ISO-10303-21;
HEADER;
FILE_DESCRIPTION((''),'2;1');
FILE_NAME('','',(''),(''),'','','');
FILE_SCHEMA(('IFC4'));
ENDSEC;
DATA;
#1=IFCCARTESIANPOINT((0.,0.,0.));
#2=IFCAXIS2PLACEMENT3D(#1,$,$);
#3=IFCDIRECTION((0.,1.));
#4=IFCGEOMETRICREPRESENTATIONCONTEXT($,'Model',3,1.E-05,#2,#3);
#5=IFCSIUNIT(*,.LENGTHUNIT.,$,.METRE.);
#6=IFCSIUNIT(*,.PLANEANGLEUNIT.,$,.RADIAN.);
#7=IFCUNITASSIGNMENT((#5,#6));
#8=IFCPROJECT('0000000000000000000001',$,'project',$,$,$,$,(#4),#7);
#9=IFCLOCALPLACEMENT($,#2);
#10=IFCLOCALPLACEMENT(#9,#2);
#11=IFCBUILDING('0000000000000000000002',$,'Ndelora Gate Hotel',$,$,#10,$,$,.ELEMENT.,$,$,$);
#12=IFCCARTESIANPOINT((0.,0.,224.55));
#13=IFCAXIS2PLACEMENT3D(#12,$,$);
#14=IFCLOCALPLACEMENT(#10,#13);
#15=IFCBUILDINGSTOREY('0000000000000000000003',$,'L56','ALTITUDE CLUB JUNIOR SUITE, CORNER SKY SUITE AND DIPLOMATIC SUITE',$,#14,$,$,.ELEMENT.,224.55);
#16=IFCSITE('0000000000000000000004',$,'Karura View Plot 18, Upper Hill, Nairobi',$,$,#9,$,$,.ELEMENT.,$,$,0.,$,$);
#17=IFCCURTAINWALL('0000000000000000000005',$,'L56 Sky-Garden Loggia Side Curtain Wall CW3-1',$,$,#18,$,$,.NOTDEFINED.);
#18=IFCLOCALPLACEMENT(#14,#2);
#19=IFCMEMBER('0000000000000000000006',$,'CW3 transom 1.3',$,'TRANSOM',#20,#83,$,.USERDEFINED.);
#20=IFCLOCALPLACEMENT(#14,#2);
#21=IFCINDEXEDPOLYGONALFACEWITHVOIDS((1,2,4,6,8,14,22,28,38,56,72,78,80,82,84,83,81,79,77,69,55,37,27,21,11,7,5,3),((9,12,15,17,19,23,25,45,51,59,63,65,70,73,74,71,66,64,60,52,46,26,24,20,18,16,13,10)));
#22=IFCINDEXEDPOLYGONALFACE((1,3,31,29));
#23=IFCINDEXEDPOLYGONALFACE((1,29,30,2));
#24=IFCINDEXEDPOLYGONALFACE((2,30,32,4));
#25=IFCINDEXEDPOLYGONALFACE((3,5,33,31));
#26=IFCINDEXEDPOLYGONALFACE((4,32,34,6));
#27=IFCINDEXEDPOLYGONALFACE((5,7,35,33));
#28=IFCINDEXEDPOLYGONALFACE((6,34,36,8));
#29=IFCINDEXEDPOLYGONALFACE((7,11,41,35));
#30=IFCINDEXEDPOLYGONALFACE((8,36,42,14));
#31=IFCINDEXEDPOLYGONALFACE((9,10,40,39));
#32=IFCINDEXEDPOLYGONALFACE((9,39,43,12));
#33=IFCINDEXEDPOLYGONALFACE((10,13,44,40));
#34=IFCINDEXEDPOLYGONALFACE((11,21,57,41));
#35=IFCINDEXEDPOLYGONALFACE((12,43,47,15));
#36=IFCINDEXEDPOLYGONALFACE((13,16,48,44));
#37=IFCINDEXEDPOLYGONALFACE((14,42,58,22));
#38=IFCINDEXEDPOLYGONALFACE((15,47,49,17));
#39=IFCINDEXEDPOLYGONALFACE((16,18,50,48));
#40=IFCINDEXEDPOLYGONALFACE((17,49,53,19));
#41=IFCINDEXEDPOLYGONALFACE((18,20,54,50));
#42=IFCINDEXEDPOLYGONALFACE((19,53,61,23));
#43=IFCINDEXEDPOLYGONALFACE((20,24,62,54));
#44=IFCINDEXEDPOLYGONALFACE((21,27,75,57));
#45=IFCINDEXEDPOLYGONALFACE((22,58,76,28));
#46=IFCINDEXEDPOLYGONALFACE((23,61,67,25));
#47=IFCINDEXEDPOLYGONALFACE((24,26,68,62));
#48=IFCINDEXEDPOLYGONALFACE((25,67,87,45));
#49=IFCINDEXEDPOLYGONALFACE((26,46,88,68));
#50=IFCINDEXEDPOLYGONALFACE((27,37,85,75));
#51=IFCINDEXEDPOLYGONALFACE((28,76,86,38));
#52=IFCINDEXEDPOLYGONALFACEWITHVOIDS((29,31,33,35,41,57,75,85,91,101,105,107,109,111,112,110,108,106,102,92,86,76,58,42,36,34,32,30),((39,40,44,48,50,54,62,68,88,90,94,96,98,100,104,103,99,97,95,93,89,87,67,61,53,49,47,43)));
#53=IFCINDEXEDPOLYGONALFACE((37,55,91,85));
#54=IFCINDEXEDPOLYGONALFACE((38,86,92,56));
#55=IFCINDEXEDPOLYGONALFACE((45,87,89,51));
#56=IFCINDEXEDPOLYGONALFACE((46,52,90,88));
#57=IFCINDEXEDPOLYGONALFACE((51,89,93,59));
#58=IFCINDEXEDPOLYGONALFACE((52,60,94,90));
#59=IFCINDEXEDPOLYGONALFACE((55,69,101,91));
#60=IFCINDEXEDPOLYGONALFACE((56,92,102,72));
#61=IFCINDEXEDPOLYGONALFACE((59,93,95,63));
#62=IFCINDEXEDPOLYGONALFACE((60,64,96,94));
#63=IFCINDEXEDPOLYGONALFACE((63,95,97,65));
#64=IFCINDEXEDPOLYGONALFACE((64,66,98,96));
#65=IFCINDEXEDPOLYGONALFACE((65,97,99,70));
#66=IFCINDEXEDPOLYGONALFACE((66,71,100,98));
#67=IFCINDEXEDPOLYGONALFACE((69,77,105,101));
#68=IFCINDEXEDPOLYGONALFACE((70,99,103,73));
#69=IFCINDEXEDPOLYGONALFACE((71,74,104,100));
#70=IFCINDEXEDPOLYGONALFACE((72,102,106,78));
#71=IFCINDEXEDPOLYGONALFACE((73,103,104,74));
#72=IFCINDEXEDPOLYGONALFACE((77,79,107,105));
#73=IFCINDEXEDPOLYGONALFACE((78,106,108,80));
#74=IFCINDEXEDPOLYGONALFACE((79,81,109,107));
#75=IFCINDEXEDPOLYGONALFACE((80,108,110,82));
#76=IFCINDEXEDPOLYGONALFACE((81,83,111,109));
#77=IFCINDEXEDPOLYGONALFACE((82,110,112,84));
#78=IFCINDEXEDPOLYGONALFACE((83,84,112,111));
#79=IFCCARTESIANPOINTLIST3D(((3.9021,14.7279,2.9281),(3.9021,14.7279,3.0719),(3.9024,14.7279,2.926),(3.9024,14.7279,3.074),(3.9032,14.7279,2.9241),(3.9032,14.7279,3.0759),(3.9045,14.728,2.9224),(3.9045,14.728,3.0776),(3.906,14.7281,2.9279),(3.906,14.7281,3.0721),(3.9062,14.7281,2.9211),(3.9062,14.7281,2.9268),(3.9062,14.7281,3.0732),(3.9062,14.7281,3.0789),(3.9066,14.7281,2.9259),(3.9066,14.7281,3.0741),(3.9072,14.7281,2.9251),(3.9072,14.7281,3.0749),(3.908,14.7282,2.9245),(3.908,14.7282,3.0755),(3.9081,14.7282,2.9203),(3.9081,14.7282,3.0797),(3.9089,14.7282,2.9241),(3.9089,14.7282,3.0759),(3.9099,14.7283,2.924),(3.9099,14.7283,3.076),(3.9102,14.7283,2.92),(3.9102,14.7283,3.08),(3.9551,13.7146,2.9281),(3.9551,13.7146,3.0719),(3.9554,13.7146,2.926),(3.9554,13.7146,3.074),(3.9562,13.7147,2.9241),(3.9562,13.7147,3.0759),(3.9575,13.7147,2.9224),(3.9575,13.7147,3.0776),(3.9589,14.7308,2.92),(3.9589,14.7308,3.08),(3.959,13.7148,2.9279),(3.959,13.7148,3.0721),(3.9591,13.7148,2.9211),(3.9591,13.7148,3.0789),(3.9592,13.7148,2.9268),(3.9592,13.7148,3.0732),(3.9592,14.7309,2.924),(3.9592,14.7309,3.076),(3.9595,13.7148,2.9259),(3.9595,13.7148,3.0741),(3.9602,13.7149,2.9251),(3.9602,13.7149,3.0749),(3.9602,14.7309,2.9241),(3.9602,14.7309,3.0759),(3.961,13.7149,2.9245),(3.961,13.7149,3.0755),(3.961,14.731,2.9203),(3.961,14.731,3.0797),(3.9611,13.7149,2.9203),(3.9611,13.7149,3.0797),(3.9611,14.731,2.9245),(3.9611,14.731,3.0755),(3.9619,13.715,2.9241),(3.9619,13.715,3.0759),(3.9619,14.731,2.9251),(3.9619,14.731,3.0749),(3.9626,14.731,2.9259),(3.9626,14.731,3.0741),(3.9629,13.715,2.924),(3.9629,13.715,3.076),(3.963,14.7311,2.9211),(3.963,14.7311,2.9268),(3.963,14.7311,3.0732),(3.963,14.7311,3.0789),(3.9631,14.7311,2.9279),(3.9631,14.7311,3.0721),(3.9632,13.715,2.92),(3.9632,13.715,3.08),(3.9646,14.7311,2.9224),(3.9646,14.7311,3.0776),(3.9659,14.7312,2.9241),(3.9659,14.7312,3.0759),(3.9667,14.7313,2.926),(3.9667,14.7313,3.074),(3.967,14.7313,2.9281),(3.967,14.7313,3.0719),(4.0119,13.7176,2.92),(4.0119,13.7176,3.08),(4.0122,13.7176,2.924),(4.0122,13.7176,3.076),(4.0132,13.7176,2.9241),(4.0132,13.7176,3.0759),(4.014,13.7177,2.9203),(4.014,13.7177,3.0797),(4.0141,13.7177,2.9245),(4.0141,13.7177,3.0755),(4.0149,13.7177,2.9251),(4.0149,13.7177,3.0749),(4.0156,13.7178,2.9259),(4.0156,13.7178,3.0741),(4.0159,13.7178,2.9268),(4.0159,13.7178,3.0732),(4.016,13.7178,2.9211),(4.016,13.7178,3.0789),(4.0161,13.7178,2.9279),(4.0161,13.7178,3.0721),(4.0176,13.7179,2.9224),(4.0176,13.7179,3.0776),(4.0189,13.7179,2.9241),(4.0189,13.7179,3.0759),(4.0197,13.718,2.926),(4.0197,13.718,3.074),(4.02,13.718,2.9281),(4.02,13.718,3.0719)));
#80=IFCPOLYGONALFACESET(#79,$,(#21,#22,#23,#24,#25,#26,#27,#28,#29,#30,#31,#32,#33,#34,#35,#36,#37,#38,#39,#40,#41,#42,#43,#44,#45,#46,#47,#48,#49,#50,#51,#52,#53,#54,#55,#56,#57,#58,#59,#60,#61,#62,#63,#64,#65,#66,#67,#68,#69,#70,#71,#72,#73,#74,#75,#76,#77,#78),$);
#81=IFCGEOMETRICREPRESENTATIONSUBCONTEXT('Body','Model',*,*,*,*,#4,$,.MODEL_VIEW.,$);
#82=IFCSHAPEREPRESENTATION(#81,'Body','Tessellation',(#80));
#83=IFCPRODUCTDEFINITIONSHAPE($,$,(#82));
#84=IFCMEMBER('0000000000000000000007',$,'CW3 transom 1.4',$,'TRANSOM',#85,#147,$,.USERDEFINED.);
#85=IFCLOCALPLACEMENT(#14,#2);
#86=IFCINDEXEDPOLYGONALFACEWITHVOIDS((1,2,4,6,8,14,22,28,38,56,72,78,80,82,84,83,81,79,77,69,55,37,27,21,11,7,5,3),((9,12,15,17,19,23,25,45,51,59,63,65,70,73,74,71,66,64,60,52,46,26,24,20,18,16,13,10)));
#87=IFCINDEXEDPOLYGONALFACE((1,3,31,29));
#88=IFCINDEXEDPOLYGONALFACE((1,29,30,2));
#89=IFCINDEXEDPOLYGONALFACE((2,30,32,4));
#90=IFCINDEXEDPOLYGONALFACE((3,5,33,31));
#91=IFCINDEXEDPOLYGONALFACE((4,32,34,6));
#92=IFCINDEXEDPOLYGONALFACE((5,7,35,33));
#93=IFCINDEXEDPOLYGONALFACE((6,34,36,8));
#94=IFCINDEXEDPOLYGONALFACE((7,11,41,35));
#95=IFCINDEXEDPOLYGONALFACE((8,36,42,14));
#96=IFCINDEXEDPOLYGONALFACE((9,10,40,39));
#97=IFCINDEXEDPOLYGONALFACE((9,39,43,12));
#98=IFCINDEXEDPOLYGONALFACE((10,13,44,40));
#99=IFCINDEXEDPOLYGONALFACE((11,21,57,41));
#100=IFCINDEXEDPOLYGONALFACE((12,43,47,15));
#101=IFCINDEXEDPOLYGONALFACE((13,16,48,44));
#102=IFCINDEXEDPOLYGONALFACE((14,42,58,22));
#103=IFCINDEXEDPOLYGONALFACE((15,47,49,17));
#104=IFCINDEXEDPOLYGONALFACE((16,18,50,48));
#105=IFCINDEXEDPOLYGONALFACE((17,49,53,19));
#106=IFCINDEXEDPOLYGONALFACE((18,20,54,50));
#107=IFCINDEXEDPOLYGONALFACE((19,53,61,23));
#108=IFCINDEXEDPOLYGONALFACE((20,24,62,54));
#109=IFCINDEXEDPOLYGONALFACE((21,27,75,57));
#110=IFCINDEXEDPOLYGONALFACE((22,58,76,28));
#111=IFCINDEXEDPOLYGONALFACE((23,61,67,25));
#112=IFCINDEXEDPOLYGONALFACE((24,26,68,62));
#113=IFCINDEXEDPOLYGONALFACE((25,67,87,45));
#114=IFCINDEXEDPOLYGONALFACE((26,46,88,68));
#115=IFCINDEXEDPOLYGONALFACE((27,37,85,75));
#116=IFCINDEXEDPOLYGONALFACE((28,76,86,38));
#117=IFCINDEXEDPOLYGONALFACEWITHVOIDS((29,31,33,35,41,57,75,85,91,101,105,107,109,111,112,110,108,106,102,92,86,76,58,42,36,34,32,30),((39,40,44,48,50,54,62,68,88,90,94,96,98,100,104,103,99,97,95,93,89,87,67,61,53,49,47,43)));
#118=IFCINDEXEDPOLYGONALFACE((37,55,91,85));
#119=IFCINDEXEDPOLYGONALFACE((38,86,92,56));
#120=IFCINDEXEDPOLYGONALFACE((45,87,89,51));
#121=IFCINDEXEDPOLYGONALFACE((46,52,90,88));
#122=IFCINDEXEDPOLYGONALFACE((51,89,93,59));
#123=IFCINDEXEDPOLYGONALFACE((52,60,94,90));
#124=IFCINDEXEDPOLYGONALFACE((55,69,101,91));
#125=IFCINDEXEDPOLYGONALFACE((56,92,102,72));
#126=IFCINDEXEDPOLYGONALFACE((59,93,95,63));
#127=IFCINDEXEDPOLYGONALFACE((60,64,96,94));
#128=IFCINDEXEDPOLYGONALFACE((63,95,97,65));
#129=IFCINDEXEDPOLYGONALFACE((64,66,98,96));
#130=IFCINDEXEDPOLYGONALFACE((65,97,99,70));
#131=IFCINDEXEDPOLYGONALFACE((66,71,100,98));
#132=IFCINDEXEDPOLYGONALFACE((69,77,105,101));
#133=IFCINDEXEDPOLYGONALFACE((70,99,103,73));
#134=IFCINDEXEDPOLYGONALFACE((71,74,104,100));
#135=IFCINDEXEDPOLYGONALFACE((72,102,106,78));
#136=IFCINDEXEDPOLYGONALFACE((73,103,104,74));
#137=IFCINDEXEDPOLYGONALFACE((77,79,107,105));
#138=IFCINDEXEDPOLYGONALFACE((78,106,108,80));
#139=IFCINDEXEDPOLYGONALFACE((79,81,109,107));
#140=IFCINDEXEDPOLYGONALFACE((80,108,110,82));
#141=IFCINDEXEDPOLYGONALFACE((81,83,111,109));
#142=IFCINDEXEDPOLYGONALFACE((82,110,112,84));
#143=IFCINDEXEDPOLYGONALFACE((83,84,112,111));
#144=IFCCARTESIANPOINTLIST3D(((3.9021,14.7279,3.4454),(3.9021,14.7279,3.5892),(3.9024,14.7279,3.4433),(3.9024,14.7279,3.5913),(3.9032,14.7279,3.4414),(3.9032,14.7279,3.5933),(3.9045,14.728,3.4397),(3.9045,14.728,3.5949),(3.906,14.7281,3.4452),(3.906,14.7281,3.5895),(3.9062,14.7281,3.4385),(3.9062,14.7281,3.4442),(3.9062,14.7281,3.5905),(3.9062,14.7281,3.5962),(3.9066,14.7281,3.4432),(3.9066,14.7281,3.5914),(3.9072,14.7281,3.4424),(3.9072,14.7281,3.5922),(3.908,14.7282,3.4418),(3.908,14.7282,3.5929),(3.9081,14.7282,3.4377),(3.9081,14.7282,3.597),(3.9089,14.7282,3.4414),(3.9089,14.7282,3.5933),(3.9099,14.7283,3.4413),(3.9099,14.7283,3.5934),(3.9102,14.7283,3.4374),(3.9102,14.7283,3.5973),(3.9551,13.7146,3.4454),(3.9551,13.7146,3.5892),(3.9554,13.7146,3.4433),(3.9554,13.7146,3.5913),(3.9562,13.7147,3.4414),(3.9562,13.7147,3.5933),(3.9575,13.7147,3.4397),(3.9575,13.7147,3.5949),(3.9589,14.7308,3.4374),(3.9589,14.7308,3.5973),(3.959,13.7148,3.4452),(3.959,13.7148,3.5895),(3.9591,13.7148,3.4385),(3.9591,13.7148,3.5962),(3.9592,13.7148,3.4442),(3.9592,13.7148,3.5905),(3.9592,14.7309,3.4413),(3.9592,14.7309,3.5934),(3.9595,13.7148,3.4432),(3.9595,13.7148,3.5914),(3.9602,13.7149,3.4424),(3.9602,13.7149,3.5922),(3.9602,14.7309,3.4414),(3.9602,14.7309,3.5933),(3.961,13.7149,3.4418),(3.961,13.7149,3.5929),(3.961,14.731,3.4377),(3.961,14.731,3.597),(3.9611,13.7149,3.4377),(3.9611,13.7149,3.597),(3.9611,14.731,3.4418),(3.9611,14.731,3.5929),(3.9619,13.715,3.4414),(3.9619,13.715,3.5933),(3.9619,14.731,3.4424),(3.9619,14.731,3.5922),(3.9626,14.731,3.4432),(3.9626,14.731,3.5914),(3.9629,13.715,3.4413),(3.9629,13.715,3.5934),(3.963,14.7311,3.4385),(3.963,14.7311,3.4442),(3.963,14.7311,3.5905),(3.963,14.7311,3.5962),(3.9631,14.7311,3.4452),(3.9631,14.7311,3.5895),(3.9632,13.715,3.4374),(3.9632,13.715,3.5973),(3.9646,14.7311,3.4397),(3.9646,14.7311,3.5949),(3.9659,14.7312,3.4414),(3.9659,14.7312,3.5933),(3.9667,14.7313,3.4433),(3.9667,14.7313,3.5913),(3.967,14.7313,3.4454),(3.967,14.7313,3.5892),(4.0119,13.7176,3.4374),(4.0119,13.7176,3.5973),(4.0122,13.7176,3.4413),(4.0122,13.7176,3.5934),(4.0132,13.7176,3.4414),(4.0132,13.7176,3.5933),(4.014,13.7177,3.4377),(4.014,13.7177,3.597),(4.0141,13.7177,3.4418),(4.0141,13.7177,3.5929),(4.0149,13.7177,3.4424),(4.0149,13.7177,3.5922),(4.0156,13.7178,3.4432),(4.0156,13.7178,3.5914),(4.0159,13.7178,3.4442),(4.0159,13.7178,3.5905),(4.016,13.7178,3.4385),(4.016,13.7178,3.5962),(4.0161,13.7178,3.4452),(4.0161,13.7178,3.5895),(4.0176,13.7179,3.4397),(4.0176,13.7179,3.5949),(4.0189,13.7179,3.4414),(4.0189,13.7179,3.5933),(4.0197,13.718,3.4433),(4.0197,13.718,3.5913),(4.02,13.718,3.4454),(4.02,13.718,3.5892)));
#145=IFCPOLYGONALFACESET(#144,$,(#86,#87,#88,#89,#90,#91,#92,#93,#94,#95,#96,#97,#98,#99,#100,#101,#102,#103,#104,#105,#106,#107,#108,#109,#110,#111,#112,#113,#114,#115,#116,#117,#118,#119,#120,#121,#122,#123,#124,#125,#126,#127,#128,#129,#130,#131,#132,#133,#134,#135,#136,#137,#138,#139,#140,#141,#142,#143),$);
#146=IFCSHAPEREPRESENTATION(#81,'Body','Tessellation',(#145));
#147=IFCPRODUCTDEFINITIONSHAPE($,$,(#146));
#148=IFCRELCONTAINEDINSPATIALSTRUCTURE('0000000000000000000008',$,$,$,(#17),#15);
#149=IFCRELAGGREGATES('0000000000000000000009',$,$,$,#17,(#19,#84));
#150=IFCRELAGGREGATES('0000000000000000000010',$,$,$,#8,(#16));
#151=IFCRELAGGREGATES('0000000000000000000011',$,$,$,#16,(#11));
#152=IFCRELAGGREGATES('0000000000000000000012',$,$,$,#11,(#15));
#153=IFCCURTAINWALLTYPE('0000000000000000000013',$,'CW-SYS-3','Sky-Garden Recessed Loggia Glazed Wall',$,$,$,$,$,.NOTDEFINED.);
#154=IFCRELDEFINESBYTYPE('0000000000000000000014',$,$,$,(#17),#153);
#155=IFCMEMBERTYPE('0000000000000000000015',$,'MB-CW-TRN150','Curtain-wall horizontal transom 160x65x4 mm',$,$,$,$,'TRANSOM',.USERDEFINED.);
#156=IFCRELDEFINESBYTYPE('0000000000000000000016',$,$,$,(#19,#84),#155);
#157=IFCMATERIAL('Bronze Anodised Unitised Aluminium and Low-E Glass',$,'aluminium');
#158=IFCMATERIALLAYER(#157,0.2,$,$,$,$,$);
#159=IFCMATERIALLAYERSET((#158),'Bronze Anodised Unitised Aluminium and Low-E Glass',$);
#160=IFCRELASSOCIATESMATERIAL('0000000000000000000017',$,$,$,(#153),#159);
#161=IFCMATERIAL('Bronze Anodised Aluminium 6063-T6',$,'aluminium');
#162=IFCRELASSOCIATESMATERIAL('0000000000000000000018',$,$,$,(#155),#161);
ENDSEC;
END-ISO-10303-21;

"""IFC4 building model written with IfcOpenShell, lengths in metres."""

from ifc_helpers import new_model, si_unit, direction, frame, origin, origin_2d, place, context, subcontext, project, spatial, hollow_rectangle, extrude, material, layer, layer_set, material_profile, profile_set, type_object, element, aggregate, save


model = new_model("IFC4")

# Units and contexts
model_context = context("Model", 3, precision=1e-05, world=origin(), true_north=direction((0.0, 1.0)))
body_context = subcontext(model_context, "Body", "Model", "MODEL_VIEW")
ifc_project = project(units=[si_unit("LENGTHUNIT", "METRE"), si_unit("PLANEANGLEUNIT", "RADIAN")], contexts=[model_context])

# Site, building, storey
site_placement = place(None, origin())
site = spatial("IfcSite", under=ifc_project, at=site_placement, Name="Karura View Plot 18, Upper Hill, Nairobi", CompositionType="ELEMENT", RefElevation=0.0)
building_placement = place(site_placement, origin())
building = spatial("IfcBuilding", under=site, at=building_placement, Name="Ndelora Gate Hotel", CompositionType="ELEMENT")
storey_placement = place(building_placement, frame((0.0, 0.0, 224.55)))
storey = spatial("IfcBuildingStorey", under=building, at=storey_placement, Name="L56", Description="ALTITUDE CLUB JUNIOR SUITE, CORNER SKY SUITE AND DIPLOMATIC SUITE", CompositionType="ELEMENT", Elevation=224.55)

# Curtain wall, members
ifc_material_1 = material(Name="Bronze Anodised Unitised Aluminium and Low-E Glass", Category="aluminium")
ifc_layer_1 = layer(ifc_material_1, 0.2)
ifc_layer_set_1 = layer_set([ifc_layer_1], Name="Bronze Anodised Unitised Aluminium and Low-E Glass")
curtain_wall_type = type_object("IfcCurtainWallType", Name="CW-SYS-3", Description="Sky-Garden Recessed Loggia Glazed Wall", PredefinedType="NOTDEFINED", material=ifc_layer_set_1)
curtain_wall_placement = place(storey_placement, origin())
curtain_wall = element("IfcCurtainWall", 1, at=curtain_wall_placement, inside=storey, type_object=curtain_wall_type, Name="L56 Sky-Garden Loggia Side Curtain Wall CW3-1", PredefinedType="NOTDEFINED")
ifc_material_2 = material(Name="Bronze Anodised Aluminium 6063-T6", Category="aluminium")
ifc_material_profile_1 = material_profile(ifc_material_2, hollow_rectangle(XDim=0.0649, YDim=0.1599, WallThickness=0.0039, InnerFilletRadius=0.0039, OuterFilletRadius=0.0081, at=origin_2d()), Name="ALU 160x65x4")
ifc_profile_set_1 = profile_set([ifc_material_profile_1], Name="Bronze Anodised Aluminium 6063-T6")
member_type_1 = type_object("IfcMemberType", Name="MB-CW-TRN150", Description="Curtain-wall horizontal transom 160x65x4 mm", ElementType="TRANSOM", PredefinedType="USERDEFINED", material=ifc_profile_set_1)
member_1_placement = place(storey_placement, frame((3.9875, 13.7163, 3.0), z_axis=(-0.052218, 0.998636, 0.0), x_axis=(-0.998636, -0.052218, 0.0)))
member_1 = element("IfcMember", 2, at=member_1_placement, type_object=member_type_1, Name="CW3 transom 1.3", ObjectType="TRANSOM", PredefinedType="USERDEFINED", context=body_context, shape_type="SweptSolid", body=[
    extrude(hollow_rectangle(XDim=0.0649, YDim=0.1599, WallThickness=0.0039, InnerFilletRadius=0.0039, OuterFilletRadius=0.0081, at=origin_2d()), origin(), (0.0, 0.0, 1.0), 1.0146),
])
member_2_placement = place(storey_placement, frame((3.9875, 13.7163, 3.5173), z_axis=(-0.052218, 0.998636, 0.0), x_axis=(-0.998636, -0.052218, 0.0)))
member_2 = element("IfcMember", 3, at=member_2_placement, type_object=member_type_1, Name="CW3 transom 1.4", ObjectType="TRANSOM", PredefinedType="USERDEFINED", context=body_context, shape_type="SweptSolid", body=[
    extrude(hollow_rectangle(XDim=0.0649, YDim=0.1599, WallThickness=0.0039, InnerFilletRadius=0.0039, OuterFilletRadius=0.0081, at=origin_2d()), origin(), (0.0, 0.0, 1.0), 1.0146),
])
aggregate(curtain_wall, [member_1, member_2])

save(model, "model.ifc")
